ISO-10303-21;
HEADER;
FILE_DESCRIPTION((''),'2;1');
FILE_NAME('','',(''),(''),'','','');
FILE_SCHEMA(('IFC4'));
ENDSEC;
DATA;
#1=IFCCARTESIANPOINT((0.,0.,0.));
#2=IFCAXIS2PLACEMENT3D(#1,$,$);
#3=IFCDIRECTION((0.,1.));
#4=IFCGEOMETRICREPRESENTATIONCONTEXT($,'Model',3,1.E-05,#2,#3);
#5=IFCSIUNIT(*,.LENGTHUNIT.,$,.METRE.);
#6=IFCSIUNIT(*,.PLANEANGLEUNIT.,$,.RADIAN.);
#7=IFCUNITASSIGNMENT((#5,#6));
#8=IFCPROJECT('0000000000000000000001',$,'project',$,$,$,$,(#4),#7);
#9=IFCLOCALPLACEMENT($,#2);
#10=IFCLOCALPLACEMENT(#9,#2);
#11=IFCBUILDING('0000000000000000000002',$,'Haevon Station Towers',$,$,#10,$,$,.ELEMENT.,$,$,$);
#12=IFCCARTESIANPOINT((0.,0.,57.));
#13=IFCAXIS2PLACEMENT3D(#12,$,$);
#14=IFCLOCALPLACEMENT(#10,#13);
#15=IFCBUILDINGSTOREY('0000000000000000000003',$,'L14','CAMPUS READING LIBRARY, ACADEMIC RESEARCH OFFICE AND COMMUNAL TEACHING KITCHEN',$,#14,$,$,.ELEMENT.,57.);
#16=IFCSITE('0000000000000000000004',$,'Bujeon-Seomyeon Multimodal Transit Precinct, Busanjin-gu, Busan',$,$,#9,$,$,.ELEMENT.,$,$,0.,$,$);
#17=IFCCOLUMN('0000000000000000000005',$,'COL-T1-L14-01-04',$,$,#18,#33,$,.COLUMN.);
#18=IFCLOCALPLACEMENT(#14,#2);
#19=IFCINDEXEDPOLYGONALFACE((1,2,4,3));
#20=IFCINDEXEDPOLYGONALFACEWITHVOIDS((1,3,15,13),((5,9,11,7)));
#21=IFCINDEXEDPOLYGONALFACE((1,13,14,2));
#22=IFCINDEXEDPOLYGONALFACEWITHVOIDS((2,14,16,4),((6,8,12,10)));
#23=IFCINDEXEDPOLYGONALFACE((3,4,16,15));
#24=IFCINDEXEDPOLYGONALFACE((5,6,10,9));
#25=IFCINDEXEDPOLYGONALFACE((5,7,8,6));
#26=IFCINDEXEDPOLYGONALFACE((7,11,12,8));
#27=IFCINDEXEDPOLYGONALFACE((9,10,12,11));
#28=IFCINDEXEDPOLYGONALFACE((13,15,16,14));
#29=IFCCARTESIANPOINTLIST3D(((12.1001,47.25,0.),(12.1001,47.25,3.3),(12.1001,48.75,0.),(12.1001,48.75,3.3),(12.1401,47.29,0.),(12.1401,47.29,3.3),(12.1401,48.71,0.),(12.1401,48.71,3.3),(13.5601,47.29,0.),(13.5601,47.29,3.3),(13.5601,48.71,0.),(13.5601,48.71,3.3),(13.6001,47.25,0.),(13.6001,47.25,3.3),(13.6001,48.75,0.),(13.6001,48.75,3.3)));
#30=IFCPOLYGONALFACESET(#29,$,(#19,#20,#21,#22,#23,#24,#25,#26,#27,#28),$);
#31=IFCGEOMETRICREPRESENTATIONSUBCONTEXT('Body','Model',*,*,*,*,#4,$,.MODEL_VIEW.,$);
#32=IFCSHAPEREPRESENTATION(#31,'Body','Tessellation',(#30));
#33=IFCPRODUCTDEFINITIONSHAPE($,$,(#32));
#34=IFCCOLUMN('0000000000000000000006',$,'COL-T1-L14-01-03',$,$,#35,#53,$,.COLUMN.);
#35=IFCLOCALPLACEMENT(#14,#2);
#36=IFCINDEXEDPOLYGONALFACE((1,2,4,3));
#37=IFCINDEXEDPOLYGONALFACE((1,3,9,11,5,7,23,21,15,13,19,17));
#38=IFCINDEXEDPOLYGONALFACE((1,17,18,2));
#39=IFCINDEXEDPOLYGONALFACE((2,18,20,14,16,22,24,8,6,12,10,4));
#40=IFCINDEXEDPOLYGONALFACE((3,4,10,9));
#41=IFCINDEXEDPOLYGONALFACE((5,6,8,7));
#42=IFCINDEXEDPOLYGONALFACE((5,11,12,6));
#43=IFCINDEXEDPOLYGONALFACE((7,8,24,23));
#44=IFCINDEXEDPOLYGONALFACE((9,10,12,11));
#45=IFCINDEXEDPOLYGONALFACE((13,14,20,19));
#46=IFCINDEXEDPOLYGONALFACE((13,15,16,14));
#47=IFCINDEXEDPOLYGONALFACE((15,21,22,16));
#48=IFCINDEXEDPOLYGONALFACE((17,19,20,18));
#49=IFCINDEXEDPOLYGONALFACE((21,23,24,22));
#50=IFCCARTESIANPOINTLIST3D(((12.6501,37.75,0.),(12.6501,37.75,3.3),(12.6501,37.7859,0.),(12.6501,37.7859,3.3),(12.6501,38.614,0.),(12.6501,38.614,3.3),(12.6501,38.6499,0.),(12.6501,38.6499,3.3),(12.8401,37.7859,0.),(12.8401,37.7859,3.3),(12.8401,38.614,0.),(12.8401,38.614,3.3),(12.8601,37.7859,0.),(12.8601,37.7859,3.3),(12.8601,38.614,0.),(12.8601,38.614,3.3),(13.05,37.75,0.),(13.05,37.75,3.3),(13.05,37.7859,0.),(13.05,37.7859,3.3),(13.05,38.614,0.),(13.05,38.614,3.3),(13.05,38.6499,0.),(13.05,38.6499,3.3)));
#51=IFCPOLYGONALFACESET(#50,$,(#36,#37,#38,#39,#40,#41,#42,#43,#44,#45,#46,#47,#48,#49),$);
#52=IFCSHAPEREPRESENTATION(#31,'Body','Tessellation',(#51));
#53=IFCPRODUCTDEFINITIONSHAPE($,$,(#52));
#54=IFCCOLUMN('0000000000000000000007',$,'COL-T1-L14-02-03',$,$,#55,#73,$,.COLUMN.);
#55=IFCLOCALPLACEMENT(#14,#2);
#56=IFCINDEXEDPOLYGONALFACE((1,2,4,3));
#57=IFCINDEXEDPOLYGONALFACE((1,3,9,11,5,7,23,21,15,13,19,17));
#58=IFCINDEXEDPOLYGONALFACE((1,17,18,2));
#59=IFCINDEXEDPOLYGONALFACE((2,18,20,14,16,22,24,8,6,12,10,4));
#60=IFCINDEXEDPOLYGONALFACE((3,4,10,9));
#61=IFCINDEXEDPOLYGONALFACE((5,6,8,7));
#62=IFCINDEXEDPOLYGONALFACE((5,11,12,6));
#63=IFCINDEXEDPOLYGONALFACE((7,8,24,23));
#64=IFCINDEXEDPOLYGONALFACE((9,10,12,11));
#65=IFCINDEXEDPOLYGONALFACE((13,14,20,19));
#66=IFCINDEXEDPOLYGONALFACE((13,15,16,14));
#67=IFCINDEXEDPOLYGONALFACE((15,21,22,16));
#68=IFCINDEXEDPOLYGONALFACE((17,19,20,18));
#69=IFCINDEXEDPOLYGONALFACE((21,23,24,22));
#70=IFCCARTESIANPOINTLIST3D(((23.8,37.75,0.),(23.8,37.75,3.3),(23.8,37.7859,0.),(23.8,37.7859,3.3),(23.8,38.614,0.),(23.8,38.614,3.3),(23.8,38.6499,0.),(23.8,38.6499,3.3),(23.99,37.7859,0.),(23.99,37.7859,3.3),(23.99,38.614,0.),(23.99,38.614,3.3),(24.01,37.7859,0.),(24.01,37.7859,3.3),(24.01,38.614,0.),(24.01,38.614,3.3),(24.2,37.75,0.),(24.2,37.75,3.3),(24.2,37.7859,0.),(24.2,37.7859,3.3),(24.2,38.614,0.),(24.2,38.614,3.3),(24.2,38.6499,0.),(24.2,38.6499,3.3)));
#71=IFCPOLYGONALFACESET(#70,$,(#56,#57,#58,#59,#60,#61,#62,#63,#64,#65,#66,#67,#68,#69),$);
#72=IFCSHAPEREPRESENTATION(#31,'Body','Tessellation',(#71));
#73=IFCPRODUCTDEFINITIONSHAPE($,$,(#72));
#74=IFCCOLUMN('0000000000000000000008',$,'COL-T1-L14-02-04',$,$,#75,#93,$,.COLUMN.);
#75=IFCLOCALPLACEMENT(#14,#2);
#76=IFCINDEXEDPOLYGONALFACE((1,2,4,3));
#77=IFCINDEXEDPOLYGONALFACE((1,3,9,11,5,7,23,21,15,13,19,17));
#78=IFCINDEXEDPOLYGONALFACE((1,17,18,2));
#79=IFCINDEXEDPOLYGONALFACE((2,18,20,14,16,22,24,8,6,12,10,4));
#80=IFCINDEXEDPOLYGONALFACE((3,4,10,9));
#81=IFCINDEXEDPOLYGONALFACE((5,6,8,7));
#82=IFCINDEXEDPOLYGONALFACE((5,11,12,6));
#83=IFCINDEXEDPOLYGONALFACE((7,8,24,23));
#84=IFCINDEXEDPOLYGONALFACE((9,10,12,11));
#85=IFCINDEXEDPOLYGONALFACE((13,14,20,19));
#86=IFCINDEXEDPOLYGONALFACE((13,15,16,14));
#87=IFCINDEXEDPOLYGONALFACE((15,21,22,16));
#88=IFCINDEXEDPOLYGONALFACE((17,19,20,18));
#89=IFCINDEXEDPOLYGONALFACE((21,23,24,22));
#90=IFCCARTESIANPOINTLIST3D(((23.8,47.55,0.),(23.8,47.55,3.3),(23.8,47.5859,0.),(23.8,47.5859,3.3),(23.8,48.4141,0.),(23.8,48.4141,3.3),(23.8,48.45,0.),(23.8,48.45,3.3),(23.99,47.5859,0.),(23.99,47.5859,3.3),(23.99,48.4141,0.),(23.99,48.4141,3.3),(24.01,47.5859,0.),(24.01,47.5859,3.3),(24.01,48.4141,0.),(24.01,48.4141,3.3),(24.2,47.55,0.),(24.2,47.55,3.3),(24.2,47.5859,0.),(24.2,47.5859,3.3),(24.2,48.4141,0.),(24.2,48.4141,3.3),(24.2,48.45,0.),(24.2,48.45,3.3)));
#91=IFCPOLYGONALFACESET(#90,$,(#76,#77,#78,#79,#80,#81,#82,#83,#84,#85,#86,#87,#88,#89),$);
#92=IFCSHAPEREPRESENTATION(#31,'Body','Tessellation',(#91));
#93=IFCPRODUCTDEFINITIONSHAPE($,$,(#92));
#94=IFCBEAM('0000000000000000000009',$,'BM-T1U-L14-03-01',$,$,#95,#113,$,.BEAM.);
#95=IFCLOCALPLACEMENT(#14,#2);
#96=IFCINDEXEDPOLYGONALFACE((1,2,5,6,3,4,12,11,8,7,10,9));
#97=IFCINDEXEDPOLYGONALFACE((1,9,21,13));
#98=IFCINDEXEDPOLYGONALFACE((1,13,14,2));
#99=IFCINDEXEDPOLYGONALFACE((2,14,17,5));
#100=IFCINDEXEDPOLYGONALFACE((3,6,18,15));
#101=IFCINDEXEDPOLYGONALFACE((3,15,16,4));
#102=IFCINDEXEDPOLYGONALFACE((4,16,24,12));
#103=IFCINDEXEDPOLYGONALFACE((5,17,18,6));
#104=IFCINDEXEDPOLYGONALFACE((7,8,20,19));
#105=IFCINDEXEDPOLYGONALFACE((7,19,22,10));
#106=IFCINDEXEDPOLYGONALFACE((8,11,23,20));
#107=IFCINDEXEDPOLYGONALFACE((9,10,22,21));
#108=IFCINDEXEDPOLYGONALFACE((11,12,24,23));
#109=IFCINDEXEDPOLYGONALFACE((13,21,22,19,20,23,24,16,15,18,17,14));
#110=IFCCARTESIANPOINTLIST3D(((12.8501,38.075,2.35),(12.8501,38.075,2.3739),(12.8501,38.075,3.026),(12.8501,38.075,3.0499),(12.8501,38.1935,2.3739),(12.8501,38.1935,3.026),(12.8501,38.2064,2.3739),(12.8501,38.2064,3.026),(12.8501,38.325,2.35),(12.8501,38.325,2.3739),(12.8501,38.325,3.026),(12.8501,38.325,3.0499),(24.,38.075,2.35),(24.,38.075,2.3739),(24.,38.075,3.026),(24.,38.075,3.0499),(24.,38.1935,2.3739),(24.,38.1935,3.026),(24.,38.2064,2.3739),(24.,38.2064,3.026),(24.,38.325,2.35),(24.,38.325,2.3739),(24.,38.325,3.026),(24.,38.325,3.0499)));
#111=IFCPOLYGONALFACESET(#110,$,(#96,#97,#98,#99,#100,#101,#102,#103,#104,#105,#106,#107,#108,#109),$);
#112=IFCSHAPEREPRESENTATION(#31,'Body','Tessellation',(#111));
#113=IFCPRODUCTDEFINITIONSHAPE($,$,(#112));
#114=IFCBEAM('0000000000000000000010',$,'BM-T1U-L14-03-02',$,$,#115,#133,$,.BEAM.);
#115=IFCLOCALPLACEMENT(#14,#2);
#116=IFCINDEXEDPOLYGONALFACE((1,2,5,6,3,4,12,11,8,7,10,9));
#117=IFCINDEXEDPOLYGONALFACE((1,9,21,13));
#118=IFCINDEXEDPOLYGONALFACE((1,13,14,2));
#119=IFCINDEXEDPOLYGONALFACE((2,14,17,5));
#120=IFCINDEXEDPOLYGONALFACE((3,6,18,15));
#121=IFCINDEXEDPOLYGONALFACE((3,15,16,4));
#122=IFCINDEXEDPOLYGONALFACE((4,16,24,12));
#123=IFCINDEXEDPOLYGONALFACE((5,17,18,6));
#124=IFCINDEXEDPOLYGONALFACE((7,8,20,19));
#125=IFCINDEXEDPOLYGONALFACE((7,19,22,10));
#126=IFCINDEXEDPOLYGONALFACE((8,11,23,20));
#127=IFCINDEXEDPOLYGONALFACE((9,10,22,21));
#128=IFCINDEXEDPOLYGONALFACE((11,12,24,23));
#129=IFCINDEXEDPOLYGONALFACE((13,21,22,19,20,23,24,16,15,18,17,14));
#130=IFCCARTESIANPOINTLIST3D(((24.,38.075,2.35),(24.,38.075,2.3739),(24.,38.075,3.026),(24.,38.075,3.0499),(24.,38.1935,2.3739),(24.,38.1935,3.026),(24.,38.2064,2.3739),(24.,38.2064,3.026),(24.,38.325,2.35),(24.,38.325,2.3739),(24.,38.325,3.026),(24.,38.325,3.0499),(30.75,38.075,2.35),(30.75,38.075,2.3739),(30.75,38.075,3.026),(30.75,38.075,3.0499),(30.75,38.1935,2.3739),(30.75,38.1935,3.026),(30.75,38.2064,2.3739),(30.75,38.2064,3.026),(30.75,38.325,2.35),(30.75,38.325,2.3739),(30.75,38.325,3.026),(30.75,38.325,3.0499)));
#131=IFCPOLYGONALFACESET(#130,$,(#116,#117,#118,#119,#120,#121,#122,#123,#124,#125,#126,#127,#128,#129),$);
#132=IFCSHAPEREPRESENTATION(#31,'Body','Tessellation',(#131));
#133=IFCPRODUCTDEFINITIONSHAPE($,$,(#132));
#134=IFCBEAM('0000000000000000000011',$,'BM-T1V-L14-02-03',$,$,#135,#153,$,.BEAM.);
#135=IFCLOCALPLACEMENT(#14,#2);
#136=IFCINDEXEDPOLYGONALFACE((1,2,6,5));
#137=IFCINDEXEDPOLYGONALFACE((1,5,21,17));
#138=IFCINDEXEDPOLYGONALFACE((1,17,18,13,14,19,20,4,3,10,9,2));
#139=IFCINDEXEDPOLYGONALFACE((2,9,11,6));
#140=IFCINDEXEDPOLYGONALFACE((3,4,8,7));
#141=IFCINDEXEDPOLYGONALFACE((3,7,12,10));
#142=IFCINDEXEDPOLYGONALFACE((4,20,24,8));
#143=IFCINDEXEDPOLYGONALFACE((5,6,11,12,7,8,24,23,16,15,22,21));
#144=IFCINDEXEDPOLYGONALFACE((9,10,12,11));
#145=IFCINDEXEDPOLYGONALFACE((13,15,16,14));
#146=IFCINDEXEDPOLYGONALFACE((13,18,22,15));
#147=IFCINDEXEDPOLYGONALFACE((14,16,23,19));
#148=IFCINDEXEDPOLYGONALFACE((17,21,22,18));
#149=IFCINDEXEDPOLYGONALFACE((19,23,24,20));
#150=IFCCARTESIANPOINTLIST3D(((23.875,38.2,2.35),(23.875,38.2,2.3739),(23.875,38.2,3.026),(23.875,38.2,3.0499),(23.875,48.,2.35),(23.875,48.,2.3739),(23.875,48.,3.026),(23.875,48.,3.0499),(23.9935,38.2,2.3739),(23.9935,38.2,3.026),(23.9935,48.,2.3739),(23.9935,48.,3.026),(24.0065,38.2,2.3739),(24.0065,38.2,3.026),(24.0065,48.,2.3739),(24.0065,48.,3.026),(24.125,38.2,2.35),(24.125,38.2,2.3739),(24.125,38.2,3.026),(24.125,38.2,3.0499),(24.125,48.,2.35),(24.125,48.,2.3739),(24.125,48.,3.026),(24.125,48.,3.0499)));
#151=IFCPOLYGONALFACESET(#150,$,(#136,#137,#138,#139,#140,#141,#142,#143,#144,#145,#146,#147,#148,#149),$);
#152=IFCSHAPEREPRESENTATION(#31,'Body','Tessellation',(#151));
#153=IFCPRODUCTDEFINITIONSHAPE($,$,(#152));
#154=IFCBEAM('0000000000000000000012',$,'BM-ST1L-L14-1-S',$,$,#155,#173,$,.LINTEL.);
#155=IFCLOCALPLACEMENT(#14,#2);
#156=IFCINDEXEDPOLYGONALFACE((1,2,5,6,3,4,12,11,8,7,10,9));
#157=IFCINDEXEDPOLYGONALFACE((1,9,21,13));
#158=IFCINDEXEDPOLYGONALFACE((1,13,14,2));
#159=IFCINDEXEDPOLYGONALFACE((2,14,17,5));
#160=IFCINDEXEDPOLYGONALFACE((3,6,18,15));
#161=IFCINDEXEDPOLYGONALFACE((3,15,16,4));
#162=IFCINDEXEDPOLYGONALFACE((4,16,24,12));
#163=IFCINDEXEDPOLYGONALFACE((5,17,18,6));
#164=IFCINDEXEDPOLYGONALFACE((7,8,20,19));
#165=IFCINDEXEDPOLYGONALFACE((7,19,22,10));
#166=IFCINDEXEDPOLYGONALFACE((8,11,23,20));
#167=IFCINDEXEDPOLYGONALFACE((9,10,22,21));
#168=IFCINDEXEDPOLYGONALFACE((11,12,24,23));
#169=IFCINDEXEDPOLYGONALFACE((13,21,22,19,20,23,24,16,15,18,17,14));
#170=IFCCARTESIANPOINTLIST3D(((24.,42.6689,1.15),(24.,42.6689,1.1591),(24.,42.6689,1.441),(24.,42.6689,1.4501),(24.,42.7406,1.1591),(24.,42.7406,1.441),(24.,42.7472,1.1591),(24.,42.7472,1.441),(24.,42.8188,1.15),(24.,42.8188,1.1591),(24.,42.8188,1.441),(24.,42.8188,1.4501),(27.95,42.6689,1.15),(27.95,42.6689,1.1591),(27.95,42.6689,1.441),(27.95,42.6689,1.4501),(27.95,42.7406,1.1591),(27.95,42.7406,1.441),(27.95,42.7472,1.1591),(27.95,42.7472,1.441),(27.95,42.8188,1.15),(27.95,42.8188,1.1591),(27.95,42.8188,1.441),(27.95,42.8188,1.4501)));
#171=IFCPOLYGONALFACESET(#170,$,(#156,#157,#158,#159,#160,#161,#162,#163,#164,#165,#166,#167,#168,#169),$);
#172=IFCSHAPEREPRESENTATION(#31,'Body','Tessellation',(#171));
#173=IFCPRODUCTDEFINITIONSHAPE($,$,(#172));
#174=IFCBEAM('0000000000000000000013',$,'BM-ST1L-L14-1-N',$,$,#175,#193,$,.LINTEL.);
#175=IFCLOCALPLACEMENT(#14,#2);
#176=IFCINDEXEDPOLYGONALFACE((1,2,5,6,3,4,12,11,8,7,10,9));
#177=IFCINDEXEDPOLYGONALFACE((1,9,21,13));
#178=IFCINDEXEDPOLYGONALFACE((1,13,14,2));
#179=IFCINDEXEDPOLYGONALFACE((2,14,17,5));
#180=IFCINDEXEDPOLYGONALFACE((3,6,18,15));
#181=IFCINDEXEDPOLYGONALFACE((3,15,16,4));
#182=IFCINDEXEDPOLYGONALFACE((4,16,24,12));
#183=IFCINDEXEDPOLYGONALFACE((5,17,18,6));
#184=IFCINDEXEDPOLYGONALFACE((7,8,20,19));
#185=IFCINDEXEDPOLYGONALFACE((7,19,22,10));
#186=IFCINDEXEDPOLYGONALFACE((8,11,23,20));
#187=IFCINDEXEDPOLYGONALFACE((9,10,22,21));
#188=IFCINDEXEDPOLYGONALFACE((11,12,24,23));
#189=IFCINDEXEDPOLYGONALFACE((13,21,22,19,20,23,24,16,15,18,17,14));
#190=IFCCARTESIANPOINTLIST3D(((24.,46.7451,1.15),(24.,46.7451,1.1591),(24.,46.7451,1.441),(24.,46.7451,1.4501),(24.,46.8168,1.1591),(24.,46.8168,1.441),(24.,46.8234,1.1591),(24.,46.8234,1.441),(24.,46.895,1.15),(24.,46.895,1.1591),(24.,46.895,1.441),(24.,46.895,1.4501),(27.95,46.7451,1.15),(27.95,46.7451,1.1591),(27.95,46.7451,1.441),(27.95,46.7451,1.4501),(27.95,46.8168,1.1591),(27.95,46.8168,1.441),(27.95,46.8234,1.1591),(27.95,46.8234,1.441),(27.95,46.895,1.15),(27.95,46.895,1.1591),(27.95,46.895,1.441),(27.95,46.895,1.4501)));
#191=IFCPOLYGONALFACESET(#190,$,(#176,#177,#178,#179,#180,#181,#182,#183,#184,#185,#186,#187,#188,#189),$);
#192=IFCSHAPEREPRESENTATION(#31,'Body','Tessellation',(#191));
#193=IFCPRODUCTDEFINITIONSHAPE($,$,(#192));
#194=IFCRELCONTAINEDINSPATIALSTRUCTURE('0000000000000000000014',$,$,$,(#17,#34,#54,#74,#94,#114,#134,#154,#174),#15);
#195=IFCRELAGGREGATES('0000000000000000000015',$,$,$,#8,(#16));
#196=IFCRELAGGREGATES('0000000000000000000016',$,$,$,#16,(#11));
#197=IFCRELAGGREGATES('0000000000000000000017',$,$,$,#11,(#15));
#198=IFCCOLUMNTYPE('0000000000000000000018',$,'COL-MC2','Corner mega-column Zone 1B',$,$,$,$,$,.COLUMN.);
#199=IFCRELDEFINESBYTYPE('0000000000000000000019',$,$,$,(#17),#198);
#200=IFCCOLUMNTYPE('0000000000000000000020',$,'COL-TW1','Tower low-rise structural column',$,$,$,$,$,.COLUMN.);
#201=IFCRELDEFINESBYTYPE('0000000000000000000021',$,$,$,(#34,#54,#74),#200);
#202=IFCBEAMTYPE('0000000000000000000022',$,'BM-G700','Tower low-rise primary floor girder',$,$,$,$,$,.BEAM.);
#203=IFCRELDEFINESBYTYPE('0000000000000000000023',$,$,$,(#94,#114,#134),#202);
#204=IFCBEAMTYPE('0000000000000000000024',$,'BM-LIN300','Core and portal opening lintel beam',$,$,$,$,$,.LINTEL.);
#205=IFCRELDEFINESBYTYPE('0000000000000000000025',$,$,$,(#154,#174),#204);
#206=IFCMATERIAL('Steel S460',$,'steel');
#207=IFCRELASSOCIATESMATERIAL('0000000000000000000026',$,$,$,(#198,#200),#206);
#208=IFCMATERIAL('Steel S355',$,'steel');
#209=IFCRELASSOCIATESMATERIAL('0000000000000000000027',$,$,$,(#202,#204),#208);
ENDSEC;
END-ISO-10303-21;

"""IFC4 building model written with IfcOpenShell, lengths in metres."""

from ifc_helpers import new_model, si_unit, direction, frame, origin, origin_2d, place, context, subcontext, project, spatial, hollow_rectangle, i_section, extrude, material, material_profile, profile_set, type_object, element, save


model = new_model("IFC4")

# Units and contexts
model_context = context("Model", 3, precision=1e-05, world=origin(), true_north=direction((0.0, 1.0)))
body_context = subcontext(model_context, "Body", "Model", "MODEL_VIEW")
ifc_project = project(units=[si_unit("LENGTHUNIT", "METRE"), si_unit("PLANEANGLEUNIT", "RADIAN")], contexts=[model_context])

# Site, building, storey
site_placement = place(None, origin())
site = spatial("IfcSite", under=ifc_project, at=site_placement, Name="Bujeon-Seomyeon Multimodal Transit Precinct, Busanjin-gu, Busan", CompositionType="ELEMENT", RefElevation=0.0)
building_placement = place(site_placement, origin())
building = spatial("IfcBuilding", under=site, at=building_placement, Name="Haevon Station Towers", CompositionType="ELEMENT")
storey_placement = place(building_placement, frame((0.0, 0.0, 57.0)))
storey = spatial("IfcBuildingStorey", under=building, at=storey_placement, Name="L14", Description="CAMPUS READING LIBRARY, ACADEMIC RESEARCH OFFICE AND COMMUNAL TEACHING KITCHEN", CompositionType="ELEMENT", Elevation=57.0)

# Columns
ifc_material_1 = material(Name="Steel S460", Category="steel")
ifc_material_profile_1 = material_profile(ifc_material_1, hollow_rectangle(XDim=1.5, YDim=1.5, WallThickness=0.04, at=origin_2d()), Name="BOX-1500x1500x40")
ifc_profile_set_1 = profile_set([ifc_material_profile_1], Name="Steel S460")
column_type_1 = type_object("IfcColumnType", Name="COL-MC2", Description="Corner mega-column Zone 1B", PredefinedType="COLUMN", material=ifc_profile_set_1)
column_placement = place(storey_placement, frame((12.8501, 48.0, 0.0), z_axis=(0.0, 0.0, 1.0), x_axis=(1.0, 0.0, 0.0)))
element("IfcColumn", 1, at=column_placement, inside=storey, type_object=column_type_1, Name="COL-T1-L14-01-04", PredefinedType="COLUMN", context=body_context, shape_type="SweptSolid", body=[
    extrude(hollow_rectangle(XDim=1.5, YDim=1.5, WallThickness=0.04, at=origin_2d()), origin(), (0.0, 0.0, 1.0), 3.3),
])
ifc_material_profile_2 = material_profile(ifc_material_1, i_section(OverallWidth=0.3999, OverallDepth=0.8999, WebThickness=0.02, FlangeThickness=0.0359, at=origin_2d()), Name="H-900x400x20x36")
ifc_profile_set_2 = profile_set([ifc_material_profile_2], Name="Steel S460")
column_type_2 = type_object("IfcColumnType", Name="COL-TW1", Description="Tower low-rise structural column", PredefinedType="COLUMN", material=ifc_profile_set_2)
for number, where, z_axis, x_axis, name in (
    (2, (12.8501, 38.2, 0.0), (0.0, 0.0, 1.0), (1.0, 0.0, 0.0), "COL-T1-L14-01-03"),
    (3, (24.0, 38.2, 0.0), (0.0, 0.0, 1.0), (1.0, 0.0, 0.0), "COL-T1-L14-02-03"),
    (4, (24.0, 48.0, 0.0), (0.0, 0.0, 1.0), (1.0, 0.0, 0.0), "COL-T1-L14-02-04"),
):
    element("IfcColumn", number, at=place(storey_placement, frame(where, z_axis=z_axis, x_axis=x_axis)), inside=storey, type_object=column_type_2, Name=name, PredefinedType="COLUMN", context=body_context, shape_type="SweptSolid", body=[
        extrude(i_section(OverallWidth=0.3999, OverallDepth=0.8999, WebThickness=0.02, FlangeThickness=0.0359, at=origin_2d()), origin(), (0.0, 0.0, 1.0), 3.3),
    ])

# Beams
ifc_material_2 = material(Name="Steel S355", Category="steel")
ifc_material_profile_3 = material_profile(ifc_material_2, i_section(OverallWidth=0.25, OverallDepth=0.7, WebThickness=0.0129, FlangeThickness=0.0239, at=origin_2d()), Name="H-700x250x13x24")
ifc_profile_set_3 = profile_set([ifc_material_profile_3], Name="Steel S355")
beam_type_1 = type_object("IfcBeamType", Name="BM-G700", Description="Tower low-rise primary floor girder", PredefinedType="BEAM", material=ifc_profile_set_3)
beam_1_placement = place(storey_placement, frame((12.8501, 38.2, 2.7), z_axis=(1.0, 0.0, 0.0), x_axis=(0.0, 1.0, 0.0)))
element("IfcBeam", 5, at=beam_1_placement, inside=storey, type_object=beam_type_1, Name="BM-T1U-L14-03-01", PredefinedType="BEAM", context=body_context, shape_type="SweptSolid", body=[
    extrude(i_section(OverallWidth=0.25, OverallDepth=0.7, WebThickness=0.0129, FlangeThickness=0.0239, at=origin_2d()), origin(), (0.0, 0.0, 1.0), 11.1499),
])
beam_2_placement = place(storey_placement, frame((24.0, 38.2, 2.7), z_axis=(1.0, 0.0, 0.0), x_axis=(0.0, 1.0, 0.0)))
element("IfcBeam", 6, at=beam_2_placement, inside=storey, type_object=beam_type_1, Name="BM-T1U-L14-03-02", PredefinedType="BEAM", context=body_context, shape_type="SweptSolid", body=[
    extrude(i_section(OverallWidth=0.25, OverallDepth=0.7, WebThickness=0.0129, FlangeThickness=0.0239, at=origin_2d()), origin(), (0.0, 0.0, 1.0), 6.75),
])
beam_3_placement = place(storey_placement, frame((24.0, 38.2, 2.7), z_axis=(0.0, 1.0, 0.0), x_axis=(-1.0, 0.0, 0.0)))
element("IfcBeam", 7, at=beam_3_placement, inside=storey, type_object=beam_type_1, Name="BM-T1V-L14-02-03", PredefinedType="BEAM", context=body_context, shape_type="SweptSolid", body=[
    extrude(i_section(OverallWidth=0.25, OverallDepth=0.7, WebThickness=0.0129, FlangeThickness=0.0239, at=origin_2d()), origin(), (0.0, 0.0, 1.0), 9.8),
])
ifc_material_profile_4 = material_profile(ifc_material_2, i_section(OverallWidth=0.1499, OverallDepth=0.3, WebThickness=0.0066, FlangeThickness=0.009, at=origin_2d()), Name="H-300x150x6.5x9")
ifc_profile_set_4 = profile_set([ifc_material_profile_4], Name="Steel S355")
beam_type_2 = type_object("IfcBeamType", Name="BM-LIN300", Description="Core and portal opening lintel beam", PredefinedType="LINTEL", material=ifc_profile_set_4)
for number, where, z_axis, x_axis, name in (
    (8, (24.0, 42.7439, 1.3), (1.0, 0.0, 0.0), (0.0, 1.0, 0.0), "BM-ST1L-L14-1-S"),
    (9, (24.0, 46.8201, 1.3), (1.0, 0.0, 0.0), (0.0, 1.0, 0.0), "BM-ST1L-L14-1-N"),
):
    element("IfcBeam", number, at=place(storey_placement, frame(where, z_axis=z_axis, x_axis=x_axis)), inside=storey, type_object=beam_type_2, Name=name, PredefinedType="LINTEL", context=body_context, shape_type="SweptSolid", body=[
        extrude(i_section(OverallWidth=0.1499, OverallDepth=0.3, WebThickness=0.0066, FlangeThickness=0.009, at=origin_2d()), origin(), (0.0, 0.0, 1.0), 3.95),
    ])

save(model, "model.ifc")
